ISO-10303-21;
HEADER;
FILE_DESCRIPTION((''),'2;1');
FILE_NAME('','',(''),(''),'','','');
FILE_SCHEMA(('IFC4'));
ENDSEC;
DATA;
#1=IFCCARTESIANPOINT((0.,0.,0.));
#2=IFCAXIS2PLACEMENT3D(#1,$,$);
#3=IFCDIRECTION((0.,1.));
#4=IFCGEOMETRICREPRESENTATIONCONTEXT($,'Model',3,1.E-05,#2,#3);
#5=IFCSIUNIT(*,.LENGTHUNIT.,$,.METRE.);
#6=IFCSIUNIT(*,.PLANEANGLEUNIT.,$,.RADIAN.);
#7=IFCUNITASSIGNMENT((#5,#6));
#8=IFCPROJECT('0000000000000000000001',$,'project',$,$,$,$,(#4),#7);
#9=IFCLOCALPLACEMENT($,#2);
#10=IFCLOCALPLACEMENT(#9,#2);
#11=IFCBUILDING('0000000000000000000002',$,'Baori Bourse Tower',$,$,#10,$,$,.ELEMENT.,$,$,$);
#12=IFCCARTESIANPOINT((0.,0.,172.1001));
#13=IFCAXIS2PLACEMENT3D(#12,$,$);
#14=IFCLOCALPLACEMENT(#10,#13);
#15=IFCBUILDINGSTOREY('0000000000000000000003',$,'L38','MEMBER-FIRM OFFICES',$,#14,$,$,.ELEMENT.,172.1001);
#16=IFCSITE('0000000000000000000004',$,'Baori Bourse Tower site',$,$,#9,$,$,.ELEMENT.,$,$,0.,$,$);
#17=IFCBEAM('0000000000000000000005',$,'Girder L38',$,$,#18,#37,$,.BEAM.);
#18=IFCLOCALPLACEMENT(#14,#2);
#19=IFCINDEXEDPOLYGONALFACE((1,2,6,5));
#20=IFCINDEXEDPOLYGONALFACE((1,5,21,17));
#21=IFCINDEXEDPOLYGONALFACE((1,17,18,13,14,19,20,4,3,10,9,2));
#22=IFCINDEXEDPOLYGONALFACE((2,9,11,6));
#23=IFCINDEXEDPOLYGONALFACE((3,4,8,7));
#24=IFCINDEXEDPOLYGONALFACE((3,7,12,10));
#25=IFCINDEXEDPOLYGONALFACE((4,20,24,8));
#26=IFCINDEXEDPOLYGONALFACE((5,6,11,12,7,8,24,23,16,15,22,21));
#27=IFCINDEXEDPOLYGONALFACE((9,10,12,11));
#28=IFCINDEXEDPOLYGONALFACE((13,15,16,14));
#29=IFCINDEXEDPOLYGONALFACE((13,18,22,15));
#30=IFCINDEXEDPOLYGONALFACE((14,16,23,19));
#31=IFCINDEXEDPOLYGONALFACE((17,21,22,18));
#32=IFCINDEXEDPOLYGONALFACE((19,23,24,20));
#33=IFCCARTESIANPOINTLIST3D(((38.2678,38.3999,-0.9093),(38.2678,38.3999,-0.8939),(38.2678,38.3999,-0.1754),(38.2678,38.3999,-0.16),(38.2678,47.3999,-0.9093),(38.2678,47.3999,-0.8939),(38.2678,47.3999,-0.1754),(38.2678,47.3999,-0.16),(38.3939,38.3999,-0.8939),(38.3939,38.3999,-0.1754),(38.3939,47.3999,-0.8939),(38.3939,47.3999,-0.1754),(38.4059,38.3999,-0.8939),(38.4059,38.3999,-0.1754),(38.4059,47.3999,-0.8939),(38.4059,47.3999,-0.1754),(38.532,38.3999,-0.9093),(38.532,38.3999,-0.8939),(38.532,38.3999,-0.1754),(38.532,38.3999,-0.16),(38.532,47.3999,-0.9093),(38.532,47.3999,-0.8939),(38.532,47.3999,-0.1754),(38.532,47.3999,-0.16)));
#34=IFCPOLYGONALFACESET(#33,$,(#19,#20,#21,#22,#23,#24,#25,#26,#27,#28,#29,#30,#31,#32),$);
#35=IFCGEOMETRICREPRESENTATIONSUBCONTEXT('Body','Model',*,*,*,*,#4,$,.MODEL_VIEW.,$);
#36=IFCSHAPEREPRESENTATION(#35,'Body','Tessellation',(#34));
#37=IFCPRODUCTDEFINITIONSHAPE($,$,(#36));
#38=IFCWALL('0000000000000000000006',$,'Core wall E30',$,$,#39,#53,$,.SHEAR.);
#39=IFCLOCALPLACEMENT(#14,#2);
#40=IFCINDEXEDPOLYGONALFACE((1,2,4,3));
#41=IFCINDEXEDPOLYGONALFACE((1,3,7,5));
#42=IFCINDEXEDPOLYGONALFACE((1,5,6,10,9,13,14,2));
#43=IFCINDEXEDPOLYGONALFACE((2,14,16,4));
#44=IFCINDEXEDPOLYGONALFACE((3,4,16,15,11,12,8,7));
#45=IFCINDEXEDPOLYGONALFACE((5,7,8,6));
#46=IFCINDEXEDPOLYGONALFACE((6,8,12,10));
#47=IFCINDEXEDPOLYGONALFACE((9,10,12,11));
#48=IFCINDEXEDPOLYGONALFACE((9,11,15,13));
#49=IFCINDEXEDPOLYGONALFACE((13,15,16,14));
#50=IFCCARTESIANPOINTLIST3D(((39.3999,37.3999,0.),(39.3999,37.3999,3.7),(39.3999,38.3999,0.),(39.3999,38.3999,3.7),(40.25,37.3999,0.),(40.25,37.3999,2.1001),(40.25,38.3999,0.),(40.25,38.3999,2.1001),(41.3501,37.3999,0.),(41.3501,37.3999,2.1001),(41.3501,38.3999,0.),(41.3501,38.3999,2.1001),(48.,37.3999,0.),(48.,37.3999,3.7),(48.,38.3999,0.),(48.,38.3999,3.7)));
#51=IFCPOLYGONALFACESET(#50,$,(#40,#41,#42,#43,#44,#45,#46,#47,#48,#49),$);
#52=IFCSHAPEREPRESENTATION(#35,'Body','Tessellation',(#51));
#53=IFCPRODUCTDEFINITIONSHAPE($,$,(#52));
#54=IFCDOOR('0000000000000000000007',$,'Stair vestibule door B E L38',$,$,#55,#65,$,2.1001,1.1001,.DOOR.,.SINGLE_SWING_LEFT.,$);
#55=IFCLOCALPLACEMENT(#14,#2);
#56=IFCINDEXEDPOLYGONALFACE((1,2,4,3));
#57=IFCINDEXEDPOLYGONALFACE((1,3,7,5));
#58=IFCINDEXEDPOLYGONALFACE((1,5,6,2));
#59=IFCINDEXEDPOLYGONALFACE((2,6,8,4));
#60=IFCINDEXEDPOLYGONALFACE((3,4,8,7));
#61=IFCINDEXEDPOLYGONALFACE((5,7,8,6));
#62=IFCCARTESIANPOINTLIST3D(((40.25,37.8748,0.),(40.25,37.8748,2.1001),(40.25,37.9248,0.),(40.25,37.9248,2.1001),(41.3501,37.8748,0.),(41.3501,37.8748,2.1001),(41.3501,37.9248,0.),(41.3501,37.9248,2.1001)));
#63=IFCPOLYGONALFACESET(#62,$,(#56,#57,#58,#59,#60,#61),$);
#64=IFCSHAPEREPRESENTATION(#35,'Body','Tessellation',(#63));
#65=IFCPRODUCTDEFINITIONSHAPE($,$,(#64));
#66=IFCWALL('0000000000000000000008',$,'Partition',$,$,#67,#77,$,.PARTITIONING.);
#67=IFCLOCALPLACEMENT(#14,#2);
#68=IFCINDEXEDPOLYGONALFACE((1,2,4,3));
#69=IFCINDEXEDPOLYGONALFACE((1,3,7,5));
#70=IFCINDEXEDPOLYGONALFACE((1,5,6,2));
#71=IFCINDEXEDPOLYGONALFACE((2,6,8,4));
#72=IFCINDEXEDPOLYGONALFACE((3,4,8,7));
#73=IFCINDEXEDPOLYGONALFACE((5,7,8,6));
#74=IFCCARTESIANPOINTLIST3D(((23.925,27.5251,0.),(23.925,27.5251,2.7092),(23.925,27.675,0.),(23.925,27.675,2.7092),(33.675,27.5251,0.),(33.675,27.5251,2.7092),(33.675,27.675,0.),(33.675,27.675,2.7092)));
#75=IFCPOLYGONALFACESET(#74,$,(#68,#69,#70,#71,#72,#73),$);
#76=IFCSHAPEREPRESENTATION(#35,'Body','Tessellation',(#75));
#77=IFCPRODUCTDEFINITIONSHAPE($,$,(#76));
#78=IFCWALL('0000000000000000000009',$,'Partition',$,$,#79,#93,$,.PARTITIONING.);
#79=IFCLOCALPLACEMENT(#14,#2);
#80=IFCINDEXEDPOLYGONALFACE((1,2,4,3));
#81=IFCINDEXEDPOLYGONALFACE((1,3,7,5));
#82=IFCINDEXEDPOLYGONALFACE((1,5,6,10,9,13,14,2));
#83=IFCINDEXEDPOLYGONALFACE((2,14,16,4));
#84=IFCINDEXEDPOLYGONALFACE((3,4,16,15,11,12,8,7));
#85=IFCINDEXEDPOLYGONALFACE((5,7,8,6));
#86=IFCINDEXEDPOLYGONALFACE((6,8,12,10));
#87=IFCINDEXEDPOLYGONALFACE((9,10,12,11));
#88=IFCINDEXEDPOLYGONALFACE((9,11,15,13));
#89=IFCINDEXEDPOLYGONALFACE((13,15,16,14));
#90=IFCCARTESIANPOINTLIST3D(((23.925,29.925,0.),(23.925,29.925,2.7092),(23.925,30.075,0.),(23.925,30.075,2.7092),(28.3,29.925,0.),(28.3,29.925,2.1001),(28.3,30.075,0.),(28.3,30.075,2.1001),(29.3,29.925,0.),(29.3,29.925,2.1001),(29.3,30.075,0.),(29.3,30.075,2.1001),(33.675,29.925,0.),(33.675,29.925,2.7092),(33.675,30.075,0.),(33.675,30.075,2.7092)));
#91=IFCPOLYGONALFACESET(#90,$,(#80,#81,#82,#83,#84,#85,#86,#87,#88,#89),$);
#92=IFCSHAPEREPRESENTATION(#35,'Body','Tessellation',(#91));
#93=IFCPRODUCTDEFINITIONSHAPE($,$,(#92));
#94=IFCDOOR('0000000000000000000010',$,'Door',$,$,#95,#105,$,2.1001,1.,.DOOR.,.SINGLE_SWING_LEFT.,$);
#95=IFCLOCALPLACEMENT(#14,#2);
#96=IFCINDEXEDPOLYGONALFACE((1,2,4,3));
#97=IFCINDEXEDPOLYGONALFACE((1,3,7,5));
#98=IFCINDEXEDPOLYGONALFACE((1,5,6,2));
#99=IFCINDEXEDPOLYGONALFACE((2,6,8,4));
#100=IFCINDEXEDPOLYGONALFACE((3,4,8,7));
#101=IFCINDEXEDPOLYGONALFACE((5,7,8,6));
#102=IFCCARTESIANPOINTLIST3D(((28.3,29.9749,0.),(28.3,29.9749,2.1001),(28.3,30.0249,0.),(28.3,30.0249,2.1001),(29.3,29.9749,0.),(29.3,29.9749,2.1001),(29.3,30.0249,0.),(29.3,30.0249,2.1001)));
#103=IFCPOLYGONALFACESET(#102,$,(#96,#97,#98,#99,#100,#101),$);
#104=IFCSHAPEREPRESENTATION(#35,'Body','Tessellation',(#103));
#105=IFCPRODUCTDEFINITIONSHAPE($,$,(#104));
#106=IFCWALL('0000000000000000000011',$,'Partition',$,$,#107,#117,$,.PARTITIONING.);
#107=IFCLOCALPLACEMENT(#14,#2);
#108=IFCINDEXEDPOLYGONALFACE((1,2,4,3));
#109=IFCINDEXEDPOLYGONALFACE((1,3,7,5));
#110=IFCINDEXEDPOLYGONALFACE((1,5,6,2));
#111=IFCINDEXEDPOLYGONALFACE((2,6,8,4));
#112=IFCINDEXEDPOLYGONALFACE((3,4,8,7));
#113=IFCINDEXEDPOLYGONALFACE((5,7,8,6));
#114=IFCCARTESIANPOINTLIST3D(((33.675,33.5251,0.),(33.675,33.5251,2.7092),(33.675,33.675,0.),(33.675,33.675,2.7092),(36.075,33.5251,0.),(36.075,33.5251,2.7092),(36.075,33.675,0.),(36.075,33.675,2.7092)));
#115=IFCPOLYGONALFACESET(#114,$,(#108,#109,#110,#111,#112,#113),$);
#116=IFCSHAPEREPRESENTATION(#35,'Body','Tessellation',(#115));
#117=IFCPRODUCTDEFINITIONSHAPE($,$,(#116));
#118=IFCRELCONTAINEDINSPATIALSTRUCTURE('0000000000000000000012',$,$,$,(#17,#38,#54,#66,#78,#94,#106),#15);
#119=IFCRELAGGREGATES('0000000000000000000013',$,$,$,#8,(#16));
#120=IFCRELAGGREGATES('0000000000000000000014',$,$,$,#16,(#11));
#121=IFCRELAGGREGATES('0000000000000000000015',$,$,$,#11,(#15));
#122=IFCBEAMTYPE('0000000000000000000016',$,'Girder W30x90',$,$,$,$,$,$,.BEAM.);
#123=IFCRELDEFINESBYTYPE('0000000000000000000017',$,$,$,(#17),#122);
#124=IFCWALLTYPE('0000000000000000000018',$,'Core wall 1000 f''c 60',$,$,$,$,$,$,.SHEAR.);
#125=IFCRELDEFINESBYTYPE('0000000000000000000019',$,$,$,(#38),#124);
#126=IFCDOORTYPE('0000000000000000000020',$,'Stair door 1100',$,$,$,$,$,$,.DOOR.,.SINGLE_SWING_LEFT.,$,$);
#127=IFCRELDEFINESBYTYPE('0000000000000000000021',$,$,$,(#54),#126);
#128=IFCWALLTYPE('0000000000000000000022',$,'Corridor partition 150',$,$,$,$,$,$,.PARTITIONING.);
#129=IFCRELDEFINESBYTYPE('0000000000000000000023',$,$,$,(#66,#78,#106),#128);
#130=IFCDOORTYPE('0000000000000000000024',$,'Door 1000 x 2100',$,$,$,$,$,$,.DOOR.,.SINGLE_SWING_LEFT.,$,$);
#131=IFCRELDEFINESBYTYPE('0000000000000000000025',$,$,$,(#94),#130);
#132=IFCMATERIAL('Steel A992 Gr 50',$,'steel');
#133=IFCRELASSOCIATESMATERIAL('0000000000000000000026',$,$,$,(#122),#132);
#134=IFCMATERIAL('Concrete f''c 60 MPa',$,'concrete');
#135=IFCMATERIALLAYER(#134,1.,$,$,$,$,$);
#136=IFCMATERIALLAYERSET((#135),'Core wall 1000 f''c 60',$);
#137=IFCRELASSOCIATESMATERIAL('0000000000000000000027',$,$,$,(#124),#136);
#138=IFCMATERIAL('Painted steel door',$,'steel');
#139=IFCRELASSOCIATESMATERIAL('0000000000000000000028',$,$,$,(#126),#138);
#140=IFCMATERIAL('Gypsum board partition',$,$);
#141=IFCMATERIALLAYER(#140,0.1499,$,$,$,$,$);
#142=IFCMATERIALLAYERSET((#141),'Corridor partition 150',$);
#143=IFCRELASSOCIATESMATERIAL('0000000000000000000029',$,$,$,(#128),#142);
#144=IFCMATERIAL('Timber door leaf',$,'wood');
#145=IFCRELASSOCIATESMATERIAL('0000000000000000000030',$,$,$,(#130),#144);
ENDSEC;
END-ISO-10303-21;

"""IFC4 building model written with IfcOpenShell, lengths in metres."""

from ifc_helpers import new_model, si_unit, direction, frame, frame_2d, origin, origin_2d, place, context, subcontext, project, spatial, rectangle, i_section, extrude, material, layer, layer_set, material_profile, profile_set, type_object, element, fill, save


model = new_model("IFC4")

# Units and contexts
model_context = context("Model", 3, precision=1e-05, world=origin(), true_north=direction((0.0, 1.0)))
body_context = subcontext(model_context, "Body", "Model", "MODEL_VIEW")
ifc_project = project(units=[si_unit("LENGTHUNIT", "METRE"), si_unit("PLANEANGLEUNIT", "RADIAN")], contexts=[model_context])

# Site, building, storey
site_placement = place(None, origin())
site = spatial("IfcSite", under=ifc_project, at=site_placement, Name="Baori Bourse Tower site", CompositionType="ELEMENT", RefElevation=0.0)
building_placement = place(site_placement, origin())
building = spatial("IfcBuilding", under=site, at=building_placement, Name="Baori Bourse Tower", CompositionType="ELEMENT")
storey_placement = place(building_placement, frame((0.0, 0.0, 172.1001)))
storey = spatial("IfcBuildingStorey", under=building, at=storey_placement, Name="L38", Description="MEMBER-FIRM OFFICES", CompositionType="ELEMENT", Elevation=172.1001)

# Beam
ifc_material_1 = material(Name="Steel A992 Gr 50", Category="steel")
ifc_material_profile = material_profile(ifc_material_1, i_section(OverallWidth=0.2642, OverallDepth=0.7493, WebThickness=0.012, FlangeThickness=0.0154, at=origin_2d()), Name="W30x90")
ifc_profile_set = profile_set([ifc_material_profile], Name="Steel A992 Gr 50")
beam_type = type_object("IfcBeamType", Name="Girder W30x90", PredefinedType="BEAM", material=ifc_profile_set)
beam_placement = place(storey_placement, frame((38.3999, 38.3999, -0.5347), z_axis=(0.0, 1.0, 0.0), x_axis=(-1.0, 0.0, 0.0)))
element("IfcBeam", 1, at=beam_placement, inside=storey, type_object=beam_type, Name="Girder L38", PredefinedType="BEAM", context=body_context, shape_type="SweptSolid", body=[
    extrude(i_section(OverallWidth=0.2642, OverallDepth=0.7493, WebThickness=0.012, FlangeThickness=0.0154, at=origin_2d()), origin(), (0.0, 0.0, 1.0), 9.0),
])

# Wall, opening, door
ifc_material_2 = material(Name="Concrete f'c 60 MPa", Category="concrete")
ifc_layer_1 = layer(ifc_material_2, 1.0)
ifc_layer_set_1 = layer_set([ifc_layer_1], Name="Core wall 1000 f'c 60")
wall_type_1 = type_object("IfcWallType", Name="Core wall 1000 f'c 60", PredefinedType="SHEAR", material=ifc_layer_set_1)
wall_1_placement = place(storey_placement, frame((39.3999, 37.8999, 0.0), z_axis=(0.0, 0.0, 1.0), x_axis=(1.0, 0.0, 0.0)))
wall_1 = element("IfcWall", 2, at=wall_1_placement, inside=storey, type_object=wall_type_1, Name="Core wall E30", PredefinedType="SHEAR", context=body_context, shape_type="SweptSolid", body=[
    extrude(rectangle(XDim=8.6001, YDim=1.0, at=frame_2d((4.3, 0.0))), origin(), (0.0, 0.0, 1.0), 3.7),
])
opening_1_placement = place(wall_1_placement, frame((0.8501, 0.0, 0.0)))
opening_1 = element("IfcOpeningElement", 3, at=opening_1_placement, cuts=wall_1, PredefinedType="OPENING", context=body_context, shape_type="SweptSolid", body=[
    extrude(rectangle(XDim=1.1001, YDim=2.1001, at=frame_2d((0.55, 1.05))), frame((0.0, 0.51, 0.0), z_axis=(0.0, -1.0, 0.0), x_axis=(1.0, 0.0, 0.0)), (0.0, 0.0, 1.0), 1.02),
])
ifc_material_3 = material(Name="Painted steel door", Category="steel")
door_type_1 = type_object("IfcDoorType", Name="Stair door 1100", OperationType="SINGLE_SWING_LEFT", PredefinedType="DOOR", material=ifc_material_3)
door_1_placement = place(opening_1_placement, origin())
door_1 = element("IfcDoor", 4, at=door_1_placement, inside=storey, type_object=door_type_1, Name="Stair vestibule door B E L38", OperationType="SINGLE_SWING_LEFT", OverallHeight=2.1001, OverallWidth=1.1001, PredefinedType="DOOR", context=body_context, shape_type="SweptSolid", body=[
    extrude(rectangle(XDim=1.1001, YDim=2.1001, at=frame_2d((0.55, 1.05))), frame((0.0, 0.0249, 0.0), z_axis=(0.0, -1.0, 0.0), x_axis=(1.0, 0.0, 0.0)), (0.0, 0.0, 1.0), 0.05),
])
fill(opening_1, door_1)

# Wall
ifc_material_4 = material(Name="Gypsum board partition")
ifc_layer_2 = layer(ifc_material_4, 0.1499)
ifc_layer_set_2 = layer_set([ifc_layer_2], Name="Corridor partition 150")
wall_type_2 = type_object("IfcWallType", Name="Corridor partition 150", PredefinedType="PARTITIONING", material=ifc_layer_set_2)
wall_2_placement = place(storey_placement, frame((23.925, 27.6001, 0.0), z_axis=(0.0, 0.0, 1.0), x_axis=(1.0, 0.0, 0.0)))
element("IfcWall", 5, at=wall_2_placement, inside=storey, type_object=wall_type_2, Name="Partition", PredefinedType="PARTITIONING", context=body_context, shape_type="SweptSolid", body=[
    extrude(rectangle(XDim=9.75, YDim=0.1499, at=frame_2d((4.875, 0.0))), origin(), (0.0, 0.0, 1.0), 2.7092),
])

# Wall, opening, door
wall_3_placement = place(storey_placement, frame((23.925, 30.0, 0.0), z_axis=(0.0, 0.0, 1.0), x_axis=(1.0, 0.0, 0.0)))
wall_3 = element("IfcWall", 6, at=wall_3_placement, inside=storey, type_object=wall_type_2, Name="Partition", PredefinedType="PARTITIONING", context=body_context, shape_type="SweptSolid", body=[
    extrude(rectangle(XDim=9.75, YDim=0.1499, at=frame_2d((4.875, 0.0))), origin(), (0.0, 0.0, 1.0), 2.7092),
])
opening_2_placement = place(wall_3_placement, frame((4.375, 0.0, 0.0)))
opening_2 = element("IfcOpeningElement", 7, at=opening_2_placement, cuts=wall_3, PredefinedType="OPENING", context=body_context, shape_type="SweptSolid", body=[
    extrude(rectangle(XDim=1.0, YDim=2.1001, at=frame_2d((0.5, 1.05))), frame((0.0, 0.085, 0.0), z_axis=(0.0, -1.0, 0.0), x_axis=(1.0, 0.0, 0.0)), (0.0, 0.0, 1.0), 0.1699),
])
ifc_material_5 = material(Name="Timber door leaf", Category="wood")
door_type_2 = type_object("IfcDoorType", Name="Door 1000 x 2100", OperationType="SINGLE_SWING_LEFT", PredefinedType="DOOR", material=ifc_material_5)
door_2_placement = place(opening_2_placement, origin())
door_2 = element("IfcDoor", 8, at=door_2_placement, inside=storey, type_object=door_type_2, Name="Door", OperationType="SINGLE_SWING_LEFT", OverallHeight=2.1001, OverallWidth=1.0, PredefinedType="DOOR", context=body_context, shape_type="SweptSolid", body=[
    extrude(rectangle(XDim=1.0, YDim=2.1001, at=frame_2d((0.5, 1.05))), frame((0.0, 0.0249, 0.0), z_axis=(0.0, -1.0, 0.0), x_axis=(1.0, 0.0, 0.0)), (0.0, 0.0, 1.0), 0.05),
])
fill(opening_2, door_2)

# Wall
wall_4_placement = place(storey_placement, frame((33.675, 33.6001, 0.0), z_axis=(0.0, 0.0, 1.0), x_axis=(1.0, 0.0, 0.0)))
element("IfcWall", 9, at=wall_4_placement, inside=storey, type_object=wall_type_2, Name="Partition", PredefinedType="PARTITIONING", context=body_context, shape_type="SweptSolid", body=[
    extrude(rectangle(XDim=2.3999, YDim=0.1499, at=frame_2d((1.2, 0.0))), origin(), (0.0, 0.0, 1.0), 2.7092),
])

save(model, "model.ifc")
